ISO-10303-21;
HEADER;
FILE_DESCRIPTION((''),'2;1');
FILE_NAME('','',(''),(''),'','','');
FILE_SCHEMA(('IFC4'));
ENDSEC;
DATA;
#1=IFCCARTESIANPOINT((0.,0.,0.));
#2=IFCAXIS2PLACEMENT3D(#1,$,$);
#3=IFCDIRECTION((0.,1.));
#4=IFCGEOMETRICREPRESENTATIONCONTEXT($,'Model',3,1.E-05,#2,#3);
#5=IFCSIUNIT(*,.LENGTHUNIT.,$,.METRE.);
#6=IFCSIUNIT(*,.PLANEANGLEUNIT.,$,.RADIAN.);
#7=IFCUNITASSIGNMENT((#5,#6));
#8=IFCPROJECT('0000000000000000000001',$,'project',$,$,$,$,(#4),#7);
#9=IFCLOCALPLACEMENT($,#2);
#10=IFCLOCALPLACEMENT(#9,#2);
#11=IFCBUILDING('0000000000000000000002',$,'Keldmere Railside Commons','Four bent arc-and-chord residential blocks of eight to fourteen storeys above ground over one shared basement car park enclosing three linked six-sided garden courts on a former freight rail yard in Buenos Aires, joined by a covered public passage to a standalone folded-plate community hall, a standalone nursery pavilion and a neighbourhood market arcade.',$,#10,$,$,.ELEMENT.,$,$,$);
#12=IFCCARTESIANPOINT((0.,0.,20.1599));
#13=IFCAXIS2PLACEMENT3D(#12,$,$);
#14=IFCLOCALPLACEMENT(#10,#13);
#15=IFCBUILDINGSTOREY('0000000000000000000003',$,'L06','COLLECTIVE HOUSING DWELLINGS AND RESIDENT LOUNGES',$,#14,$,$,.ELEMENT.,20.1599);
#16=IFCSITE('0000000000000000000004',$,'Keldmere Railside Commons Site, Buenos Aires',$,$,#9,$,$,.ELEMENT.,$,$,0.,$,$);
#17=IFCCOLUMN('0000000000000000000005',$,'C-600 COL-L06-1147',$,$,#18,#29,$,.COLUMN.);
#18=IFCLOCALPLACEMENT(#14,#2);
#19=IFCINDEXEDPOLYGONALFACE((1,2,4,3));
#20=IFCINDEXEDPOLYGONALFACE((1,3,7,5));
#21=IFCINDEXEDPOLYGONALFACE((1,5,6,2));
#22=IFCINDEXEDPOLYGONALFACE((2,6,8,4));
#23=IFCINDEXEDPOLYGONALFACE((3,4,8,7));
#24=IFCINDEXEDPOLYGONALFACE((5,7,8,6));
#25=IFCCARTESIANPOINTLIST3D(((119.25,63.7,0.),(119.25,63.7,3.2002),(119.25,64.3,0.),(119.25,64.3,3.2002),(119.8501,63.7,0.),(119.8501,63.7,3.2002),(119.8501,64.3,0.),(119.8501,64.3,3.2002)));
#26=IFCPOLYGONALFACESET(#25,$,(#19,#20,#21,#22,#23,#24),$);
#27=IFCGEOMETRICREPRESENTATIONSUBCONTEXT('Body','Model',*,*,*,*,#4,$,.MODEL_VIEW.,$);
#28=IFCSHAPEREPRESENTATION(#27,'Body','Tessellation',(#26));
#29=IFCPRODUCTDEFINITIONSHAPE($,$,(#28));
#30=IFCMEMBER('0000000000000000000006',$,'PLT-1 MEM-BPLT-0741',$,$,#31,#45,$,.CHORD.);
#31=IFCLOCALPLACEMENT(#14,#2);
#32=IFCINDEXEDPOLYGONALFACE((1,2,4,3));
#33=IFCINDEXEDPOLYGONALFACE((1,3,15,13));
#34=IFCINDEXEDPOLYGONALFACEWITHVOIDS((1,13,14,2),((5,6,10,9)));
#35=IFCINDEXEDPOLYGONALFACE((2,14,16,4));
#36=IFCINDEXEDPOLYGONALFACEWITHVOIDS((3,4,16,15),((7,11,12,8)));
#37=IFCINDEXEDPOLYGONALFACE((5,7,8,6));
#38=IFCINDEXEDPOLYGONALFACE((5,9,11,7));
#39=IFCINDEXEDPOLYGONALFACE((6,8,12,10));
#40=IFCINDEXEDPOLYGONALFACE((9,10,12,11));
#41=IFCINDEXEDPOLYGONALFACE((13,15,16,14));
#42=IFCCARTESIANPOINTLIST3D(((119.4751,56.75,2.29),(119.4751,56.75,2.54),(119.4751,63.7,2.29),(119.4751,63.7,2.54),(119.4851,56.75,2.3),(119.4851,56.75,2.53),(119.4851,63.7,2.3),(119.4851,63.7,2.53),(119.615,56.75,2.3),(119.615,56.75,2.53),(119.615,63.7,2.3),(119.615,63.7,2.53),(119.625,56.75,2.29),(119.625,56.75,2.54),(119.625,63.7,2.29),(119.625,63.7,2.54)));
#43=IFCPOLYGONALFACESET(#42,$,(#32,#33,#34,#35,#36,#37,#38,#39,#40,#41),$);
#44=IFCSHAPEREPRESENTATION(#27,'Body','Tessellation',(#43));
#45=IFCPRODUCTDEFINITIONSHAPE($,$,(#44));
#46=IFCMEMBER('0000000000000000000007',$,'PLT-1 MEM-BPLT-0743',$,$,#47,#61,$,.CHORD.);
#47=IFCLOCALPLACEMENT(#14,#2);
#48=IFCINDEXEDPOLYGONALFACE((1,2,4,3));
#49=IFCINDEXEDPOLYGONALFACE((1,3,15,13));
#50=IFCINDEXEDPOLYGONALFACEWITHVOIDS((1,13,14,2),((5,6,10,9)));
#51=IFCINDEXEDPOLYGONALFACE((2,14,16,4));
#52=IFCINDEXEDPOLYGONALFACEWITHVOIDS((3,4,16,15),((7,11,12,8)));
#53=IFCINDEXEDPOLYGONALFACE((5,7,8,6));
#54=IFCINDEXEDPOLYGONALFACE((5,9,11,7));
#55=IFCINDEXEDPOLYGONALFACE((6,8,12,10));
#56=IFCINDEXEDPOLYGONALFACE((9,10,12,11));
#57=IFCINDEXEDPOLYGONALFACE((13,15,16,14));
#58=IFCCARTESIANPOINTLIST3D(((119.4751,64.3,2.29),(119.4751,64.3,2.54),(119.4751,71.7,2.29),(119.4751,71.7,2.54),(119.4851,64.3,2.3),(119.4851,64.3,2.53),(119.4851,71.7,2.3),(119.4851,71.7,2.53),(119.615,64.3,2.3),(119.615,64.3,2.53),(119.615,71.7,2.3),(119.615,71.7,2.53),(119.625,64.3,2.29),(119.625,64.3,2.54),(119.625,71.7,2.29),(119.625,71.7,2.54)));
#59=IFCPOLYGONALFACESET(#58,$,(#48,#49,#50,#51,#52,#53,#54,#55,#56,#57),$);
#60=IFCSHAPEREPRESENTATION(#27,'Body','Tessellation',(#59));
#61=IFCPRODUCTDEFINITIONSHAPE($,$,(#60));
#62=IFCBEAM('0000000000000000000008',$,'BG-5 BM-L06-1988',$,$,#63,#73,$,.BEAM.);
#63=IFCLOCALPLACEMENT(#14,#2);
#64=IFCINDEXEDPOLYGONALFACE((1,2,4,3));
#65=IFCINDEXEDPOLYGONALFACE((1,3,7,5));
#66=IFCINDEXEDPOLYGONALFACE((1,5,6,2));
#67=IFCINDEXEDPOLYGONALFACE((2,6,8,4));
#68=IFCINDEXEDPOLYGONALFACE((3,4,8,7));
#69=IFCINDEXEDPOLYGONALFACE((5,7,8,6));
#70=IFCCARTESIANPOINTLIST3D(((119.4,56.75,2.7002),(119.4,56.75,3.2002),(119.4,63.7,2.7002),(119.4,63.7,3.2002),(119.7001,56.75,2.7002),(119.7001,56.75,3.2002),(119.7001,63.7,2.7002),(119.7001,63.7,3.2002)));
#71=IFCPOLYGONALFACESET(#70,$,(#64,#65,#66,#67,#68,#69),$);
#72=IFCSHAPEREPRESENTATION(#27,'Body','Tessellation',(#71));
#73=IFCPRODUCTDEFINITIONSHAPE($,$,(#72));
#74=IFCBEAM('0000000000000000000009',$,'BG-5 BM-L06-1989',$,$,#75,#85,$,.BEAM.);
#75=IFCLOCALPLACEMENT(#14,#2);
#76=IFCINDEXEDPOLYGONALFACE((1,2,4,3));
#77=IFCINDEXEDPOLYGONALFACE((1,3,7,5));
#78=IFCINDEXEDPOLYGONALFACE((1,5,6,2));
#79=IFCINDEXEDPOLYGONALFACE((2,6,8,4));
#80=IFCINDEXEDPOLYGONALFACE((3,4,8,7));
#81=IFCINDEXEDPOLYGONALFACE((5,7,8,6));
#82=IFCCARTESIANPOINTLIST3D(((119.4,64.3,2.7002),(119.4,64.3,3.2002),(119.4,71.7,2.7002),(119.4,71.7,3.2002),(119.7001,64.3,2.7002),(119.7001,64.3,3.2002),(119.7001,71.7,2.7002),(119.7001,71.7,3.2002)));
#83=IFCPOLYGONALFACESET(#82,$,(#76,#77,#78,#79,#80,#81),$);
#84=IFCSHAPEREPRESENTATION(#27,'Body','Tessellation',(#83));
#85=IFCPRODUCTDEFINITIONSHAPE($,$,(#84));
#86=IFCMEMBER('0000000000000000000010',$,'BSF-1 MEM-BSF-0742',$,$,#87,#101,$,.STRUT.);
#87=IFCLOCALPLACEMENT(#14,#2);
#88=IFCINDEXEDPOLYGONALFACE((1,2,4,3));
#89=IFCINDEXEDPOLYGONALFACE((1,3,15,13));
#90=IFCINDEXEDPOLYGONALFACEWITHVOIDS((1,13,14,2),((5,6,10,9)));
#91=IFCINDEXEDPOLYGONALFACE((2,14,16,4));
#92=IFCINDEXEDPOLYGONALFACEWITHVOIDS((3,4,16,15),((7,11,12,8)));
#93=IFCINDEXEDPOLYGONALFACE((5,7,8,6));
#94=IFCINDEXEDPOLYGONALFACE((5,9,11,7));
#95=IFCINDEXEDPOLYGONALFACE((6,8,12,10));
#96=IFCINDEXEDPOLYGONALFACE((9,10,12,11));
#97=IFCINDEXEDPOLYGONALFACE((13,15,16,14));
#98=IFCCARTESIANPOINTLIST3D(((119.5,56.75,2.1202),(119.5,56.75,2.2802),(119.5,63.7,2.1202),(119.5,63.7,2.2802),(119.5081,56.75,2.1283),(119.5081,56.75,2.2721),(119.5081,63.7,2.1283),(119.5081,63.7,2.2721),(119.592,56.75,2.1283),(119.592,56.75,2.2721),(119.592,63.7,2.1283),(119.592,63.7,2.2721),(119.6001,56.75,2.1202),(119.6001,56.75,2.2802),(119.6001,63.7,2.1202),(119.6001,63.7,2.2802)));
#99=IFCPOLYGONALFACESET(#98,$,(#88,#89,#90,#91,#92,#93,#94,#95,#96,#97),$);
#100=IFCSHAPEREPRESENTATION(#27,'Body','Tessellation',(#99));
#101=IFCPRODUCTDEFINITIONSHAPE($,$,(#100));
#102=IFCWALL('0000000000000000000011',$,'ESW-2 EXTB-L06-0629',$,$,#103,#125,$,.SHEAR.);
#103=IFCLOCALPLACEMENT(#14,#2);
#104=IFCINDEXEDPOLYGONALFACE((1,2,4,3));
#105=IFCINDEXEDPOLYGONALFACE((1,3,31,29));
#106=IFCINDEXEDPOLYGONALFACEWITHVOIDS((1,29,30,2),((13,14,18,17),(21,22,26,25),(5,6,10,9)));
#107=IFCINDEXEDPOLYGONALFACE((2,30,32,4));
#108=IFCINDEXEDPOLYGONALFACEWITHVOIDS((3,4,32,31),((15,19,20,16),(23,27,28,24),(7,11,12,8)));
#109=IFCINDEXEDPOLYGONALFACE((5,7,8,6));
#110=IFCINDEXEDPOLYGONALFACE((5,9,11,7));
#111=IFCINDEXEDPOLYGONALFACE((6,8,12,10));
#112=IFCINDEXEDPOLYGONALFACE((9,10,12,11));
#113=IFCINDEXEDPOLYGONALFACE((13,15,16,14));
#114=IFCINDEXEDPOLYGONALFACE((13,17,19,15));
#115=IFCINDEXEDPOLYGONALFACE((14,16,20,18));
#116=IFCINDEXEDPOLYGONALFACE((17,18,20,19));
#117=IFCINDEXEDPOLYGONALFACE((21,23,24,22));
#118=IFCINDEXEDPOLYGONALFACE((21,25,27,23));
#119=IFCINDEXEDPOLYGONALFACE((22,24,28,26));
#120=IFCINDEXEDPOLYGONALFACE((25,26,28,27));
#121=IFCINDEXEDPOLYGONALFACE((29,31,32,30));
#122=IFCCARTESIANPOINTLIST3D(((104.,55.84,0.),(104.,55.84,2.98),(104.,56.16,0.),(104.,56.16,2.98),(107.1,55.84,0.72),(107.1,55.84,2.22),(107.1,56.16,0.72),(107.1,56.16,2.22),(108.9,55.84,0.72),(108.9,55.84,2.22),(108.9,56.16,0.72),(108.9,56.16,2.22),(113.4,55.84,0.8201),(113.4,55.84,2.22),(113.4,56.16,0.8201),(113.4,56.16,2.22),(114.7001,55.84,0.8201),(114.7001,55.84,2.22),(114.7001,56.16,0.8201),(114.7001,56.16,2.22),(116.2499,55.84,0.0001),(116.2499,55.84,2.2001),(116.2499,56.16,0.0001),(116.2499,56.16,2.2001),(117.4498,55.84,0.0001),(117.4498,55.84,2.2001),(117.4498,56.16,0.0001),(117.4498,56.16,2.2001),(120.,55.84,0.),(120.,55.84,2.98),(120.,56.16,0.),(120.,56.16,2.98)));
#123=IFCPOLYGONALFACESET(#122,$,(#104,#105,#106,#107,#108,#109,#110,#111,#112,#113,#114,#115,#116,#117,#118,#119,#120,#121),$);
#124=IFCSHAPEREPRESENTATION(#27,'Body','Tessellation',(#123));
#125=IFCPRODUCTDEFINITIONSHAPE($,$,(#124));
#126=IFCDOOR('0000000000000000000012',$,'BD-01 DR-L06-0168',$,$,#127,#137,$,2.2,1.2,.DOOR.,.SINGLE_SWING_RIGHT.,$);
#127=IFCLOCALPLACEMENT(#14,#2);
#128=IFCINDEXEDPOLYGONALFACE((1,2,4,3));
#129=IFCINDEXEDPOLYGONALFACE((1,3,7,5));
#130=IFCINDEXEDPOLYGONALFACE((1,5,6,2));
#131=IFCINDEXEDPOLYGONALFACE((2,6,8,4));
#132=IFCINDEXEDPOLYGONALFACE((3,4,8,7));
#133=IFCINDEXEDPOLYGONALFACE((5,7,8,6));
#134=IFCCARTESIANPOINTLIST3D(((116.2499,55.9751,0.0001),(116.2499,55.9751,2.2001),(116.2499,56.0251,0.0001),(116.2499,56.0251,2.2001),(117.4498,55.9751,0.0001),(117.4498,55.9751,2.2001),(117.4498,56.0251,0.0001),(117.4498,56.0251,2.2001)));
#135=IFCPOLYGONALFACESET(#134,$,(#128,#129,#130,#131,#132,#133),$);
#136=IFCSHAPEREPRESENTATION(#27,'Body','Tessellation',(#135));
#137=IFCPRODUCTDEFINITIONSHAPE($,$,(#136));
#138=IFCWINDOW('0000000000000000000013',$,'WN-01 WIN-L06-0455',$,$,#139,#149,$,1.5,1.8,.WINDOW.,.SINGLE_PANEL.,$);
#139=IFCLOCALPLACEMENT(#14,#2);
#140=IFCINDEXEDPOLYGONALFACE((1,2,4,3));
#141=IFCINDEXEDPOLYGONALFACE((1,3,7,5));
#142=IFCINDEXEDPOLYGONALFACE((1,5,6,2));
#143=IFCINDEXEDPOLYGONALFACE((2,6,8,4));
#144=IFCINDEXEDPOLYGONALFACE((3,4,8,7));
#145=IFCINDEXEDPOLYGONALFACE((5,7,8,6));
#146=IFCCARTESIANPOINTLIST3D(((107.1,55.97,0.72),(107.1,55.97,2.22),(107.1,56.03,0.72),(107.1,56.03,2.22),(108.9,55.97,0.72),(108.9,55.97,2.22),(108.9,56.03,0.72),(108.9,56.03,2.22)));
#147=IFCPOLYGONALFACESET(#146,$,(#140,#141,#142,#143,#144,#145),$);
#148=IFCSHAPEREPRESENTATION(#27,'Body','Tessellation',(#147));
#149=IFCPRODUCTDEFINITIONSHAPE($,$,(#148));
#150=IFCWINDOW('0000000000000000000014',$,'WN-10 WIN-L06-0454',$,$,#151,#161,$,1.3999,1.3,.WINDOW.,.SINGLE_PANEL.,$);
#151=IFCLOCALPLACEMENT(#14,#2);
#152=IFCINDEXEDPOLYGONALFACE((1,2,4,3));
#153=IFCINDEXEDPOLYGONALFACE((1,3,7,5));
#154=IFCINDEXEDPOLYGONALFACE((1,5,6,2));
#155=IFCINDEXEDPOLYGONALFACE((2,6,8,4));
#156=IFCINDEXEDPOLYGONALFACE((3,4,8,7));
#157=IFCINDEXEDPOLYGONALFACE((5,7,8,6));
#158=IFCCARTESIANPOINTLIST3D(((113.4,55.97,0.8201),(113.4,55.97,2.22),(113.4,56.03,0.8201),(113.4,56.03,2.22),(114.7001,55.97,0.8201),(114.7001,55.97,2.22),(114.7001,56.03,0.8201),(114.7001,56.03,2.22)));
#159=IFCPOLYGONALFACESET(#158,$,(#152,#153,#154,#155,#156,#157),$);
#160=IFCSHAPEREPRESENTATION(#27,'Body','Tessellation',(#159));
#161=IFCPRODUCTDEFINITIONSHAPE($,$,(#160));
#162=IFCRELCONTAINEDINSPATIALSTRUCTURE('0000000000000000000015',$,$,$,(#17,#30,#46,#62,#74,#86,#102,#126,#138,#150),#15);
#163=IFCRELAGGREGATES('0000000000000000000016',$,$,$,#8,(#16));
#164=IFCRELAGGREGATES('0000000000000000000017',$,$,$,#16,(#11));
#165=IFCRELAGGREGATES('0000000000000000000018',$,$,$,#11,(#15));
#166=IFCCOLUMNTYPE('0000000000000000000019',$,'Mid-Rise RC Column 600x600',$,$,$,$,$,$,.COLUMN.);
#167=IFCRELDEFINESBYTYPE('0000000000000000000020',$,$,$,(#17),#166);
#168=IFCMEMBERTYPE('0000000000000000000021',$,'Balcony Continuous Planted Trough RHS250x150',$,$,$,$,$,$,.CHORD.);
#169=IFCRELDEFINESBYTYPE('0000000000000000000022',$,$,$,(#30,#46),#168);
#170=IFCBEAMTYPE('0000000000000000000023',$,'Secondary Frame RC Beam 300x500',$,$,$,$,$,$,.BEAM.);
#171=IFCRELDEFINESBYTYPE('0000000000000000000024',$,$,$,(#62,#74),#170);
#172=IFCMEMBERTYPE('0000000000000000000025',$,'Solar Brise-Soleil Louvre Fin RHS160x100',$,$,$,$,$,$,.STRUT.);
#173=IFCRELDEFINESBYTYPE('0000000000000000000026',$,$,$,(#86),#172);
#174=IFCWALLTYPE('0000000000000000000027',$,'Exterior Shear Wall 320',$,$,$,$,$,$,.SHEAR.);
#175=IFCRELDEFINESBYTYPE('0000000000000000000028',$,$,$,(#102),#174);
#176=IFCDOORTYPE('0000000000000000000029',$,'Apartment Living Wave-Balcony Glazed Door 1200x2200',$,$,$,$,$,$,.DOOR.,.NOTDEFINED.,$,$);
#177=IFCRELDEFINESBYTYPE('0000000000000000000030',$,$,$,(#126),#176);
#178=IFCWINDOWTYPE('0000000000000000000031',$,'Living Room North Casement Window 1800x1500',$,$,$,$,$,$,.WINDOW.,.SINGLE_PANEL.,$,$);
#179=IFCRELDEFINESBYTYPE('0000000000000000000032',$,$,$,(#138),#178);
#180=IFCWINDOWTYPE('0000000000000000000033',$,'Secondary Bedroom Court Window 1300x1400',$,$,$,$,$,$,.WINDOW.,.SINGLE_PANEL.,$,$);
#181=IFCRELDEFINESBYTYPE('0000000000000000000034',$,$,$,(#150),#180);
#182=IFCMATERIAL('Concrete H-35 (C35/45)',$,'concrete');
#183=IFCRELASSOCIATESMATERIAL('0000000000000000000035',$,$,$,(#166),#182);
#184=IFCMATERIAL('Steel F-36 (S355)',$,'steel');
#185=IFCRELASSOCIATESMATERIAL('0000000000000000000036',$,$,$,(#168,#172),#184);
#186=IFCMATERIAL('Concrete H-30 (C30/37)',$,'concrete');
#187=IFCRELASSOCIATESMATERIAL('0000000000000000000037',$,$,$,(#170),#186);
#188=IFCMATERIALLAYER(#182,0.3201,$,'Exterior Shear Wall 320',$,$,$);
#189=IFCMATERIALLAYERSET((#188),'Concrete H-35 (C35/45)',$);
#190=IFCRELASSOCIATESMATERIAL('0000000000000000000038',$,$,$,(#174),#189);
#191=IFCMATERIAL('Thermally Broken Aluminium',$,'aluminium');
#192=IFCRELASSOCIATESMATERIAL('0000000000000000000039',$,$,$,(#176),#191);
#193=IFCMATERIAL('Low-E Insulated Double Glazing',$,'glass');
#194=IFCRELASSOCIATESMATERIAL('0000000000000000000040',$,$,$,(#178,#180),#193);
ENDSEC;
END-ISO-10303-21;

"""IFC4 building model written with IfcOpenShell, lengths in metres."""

from ifc_helpers import new_model, si_unit, direction, frame, frame_2d, origin, origin_2d, place, context, subcontext, project, spatial, rectangle, hollow_rectangle, extrude, material, layer, layer_set, material_profile, profile_set, type_object, element, fill, save


model = new_model("IFC4")

# Units and contexts
model_context = context("Model", 3, precision=1e-05, world=origin(), true_north=direction((0.0, 1.0)))
body_context = subcontext(model_context, "Body", "Model", "MODEL_VIEW")
ifc_project = project(units=[si_unit("LENGTHUNIT", "METRE"), si_unit("PLANEANGLEUNIT", "RADIAN")], contexts=[model_context])

# Site, building, storey
site_placement = place(None, origin())
site = spatial("IfcSite", under=ifc_project, at=site_placement, Name="Keldmere Railside Commons Site, Buenos Aires", CompositionType="ELEMENT", RefElevation=0.0)
building_placement = place(site_placement, origin())
building = spatial("IfcBuilding", under=site, at=building_placement, Name="Keldmere Railside Commons", Description="Four bent arc-and-chord residential blocks of eight to fourteen storeys above ground over one shared basement car park enclosing three linked six-sided garden courts on a former freight rail yard in Buenos Aires, joined by a covered public passage to a standalone folded-plate community hall, a standalone nursery pavilion and a neighbourhood market arcade.", CompositionType="ELEMENT")
storey_placement = place(building_placement, frame((0.0, 0.0, 20.1599)))
storey = spatial("IfcBuildingStorey", under=building, at=storey_placement, Name="L06", Description="COLLECTIVE HOUSING DWELLINGS AND RESIDENT LOUNGES", CompositionType="ELEMENT", Elevation=20.1599)

# Column
ifc_material_1 = material(Name="Concrete H-35 (C35/45)", Category="concrete")
ifc_material_profile_1 = material_profile(ifc_material_1, rectangle(XDim=0.6001, YDim=0.6001, at=origin_2d()), Name="RC-600x600")
ifc_profile_set_1 = profile_set([ifc_material_profile_1], Name="Concrete H-35 (C35/45)")
column_type = type_object("IfcColumnType", Name="Mid-Rise RC Column 600x600", PredefinedType="COLUMN", material=ifc_profile_set_1)
column_placement = place(storey_placement, frame((119.55, 64.0, 0.0), z_axis=(0.0, 0.0, 1.0), x_axis=(1.0, 0.0, 0.0)))
element("IfcColumn", 1, at=column_placement, inside=storey, type_object=column_type, Name="C-600 COL-L06-1147", PredefinedType="COLUMN", context=body_context, shape_type="SweptSolid", body=[
    extrude(rectangle(XDim=0.6001, YDim=0.6001, at=origin_2d()), origin(), (0.0, 0.0, 1.0), 3.2002),
])

# Members
ifc_material_2 = material(Name="Steel F-36 (S355)", Category="steel")
ifc_material_profile_2 = material_profile(ifc_material_2, hollow_rectangle(XDim=0.1499, YDim=0.25, WallThickness=0.01, at=origin_2d()), Name="RHS-250x150x10")
ifc_profile_set_2 = profile_set([ifc_material_profile_2], Name="Steel F-36 (S355)")
member_type_1 = type_object("IfcMemberType", Name="Balcony Continuous Planted Trough RHS250x150", PredefinedType="CHORD", material=ifc_profile_set_2)
member_1_placement = place(storey_placement, frame((119.55, 56.75, 2.415), z_axis=(0.0, 1.0, 0.0), x_axis=(-1.0, 0.0, 0.0)))
element("IfcMember", 2, at=member_1_placement, inside=storey, type_object=member_type_1, Name="PLT-1 MEM-BPLT-0741", PredefinedType="CHORD", context=body_context, shape_type="SweptSolid", body=[
    extrude(hollow_rectangle(XDim=0.1499, YDim=0.25, WallThickness=0.01, at=origin_2d()), origin(), (0.0, 0.0, 1.0), 6.95),
])
member_2_placement = place(storey_placement, frame((119.55, 64.3, 2.415), z_axis=(0.0, 1.0, 0.0), x_axis=(-1.0, 0.0, 0.0)))
element("IfcMember", 3, at=member_2_placement, inside=storey, type_object=member_type_1, Name="PLT-1 MEM-BPLT-0743", PredefinedType="CHORD", context=body_context, shape_type="SweptSolid", body=[
    extrude(hollow_rectangle(XDim=0.1499, YDim=0.25, WallThickness=0.01, at=origin_2d()), origin(), (0.0, 0.0, 1.0), 7.3999),
])

# Beams
ifc_material_3 = material(Name="Concrete H-30 (C30/37)", Category="concrete")
ifc_material_profile_3 = material_profile(ifc_material_3, rectangle(XDim=0.3, YDim=0.5, at=origin_2d()), Name="RC-300x500")
ifc_profile_set_3 = profile_set([ifc_material_profile_3], Name="Concrete H-30 (C30/37)")
beam_type = type_object("IfcBeamType", Name="Secondary Frame RC Beam 300x500", PredefinedType="BEAM", material=ifc_profile_set_3)
beam_1_placement = place(storey_placement, frame((119.55, 56.75, 2.9502), z_axis=(0.0, 1.0, 0.0), x_axis=(-1.0, 0.0, 0.0)))
element("IfcBeam", 4, at=beam_1_placement, inside=storey, type_object=beam_type, Name="BG-5 BM-L06-1988", PredefinedType="BEAM", context=body_context, shape_type="SweptSolid", body=[
    extrude(rectangle(XDim=0.3, YDim=0.5, at=origin_2d()), origin(), (0.0, 0.0, 1.0), 6.95),
])
beam_2_placement = place(storey_placement, frame((119.55, 64.3, 2.9502), z_axis=(0.0, 1.0, 0.0), x_axis=(-1.0, 0.0, 0.0)))
element("IfcBeam", 5, at=beam_2_placement, inside=storey, type_object=beam_type, Name="BG-5 BM-L06-1989", PredefinedType="BEAM", context=body_context, shape_type="SweptSolid", body=[
    extrude(rectangle(XDim=0.3, YDim=0.5, at=origin_2d()), origin(), (0.0, 0.0, 1.0), 7.3999),
])

# Member
ifc_material_profile_4 = material_profile(ifc_material_2, hollow_rectangle(XDim=0.1001, YDim=0.1599, WallThickness=0.0081, at=origin_2d()), Name="RHS-160x100x8")
ifc_profile_set_4 = profile_set([ifc_material_profile_4], Name="Steel F-36 (S355)")
member_type_2 = type_object("IfcMemberType", Name="Solar Brise-Soleil Louvre Fin RHS160x100", PredefinedType="STRUT", material=ifc_profile_set_4)
member_3_placement = place(storey_placement, frame((119.55, 56.75, 2.2002), z_axis=(0.0, 1.0, 0.0), x_axis=(-1.0, 0.0, 0.0)))
element("IfcMember", 6, at=member_3_placement, inside=storey, type_object=member_type_2, Name="BSF-1 MEM-BSF-0742", PredefinedType="STRUT", context=body_context, shape_type="SweptSolid", body=[
    extrude(hollow_rectangle(XDim=0.1001, YDim=0.1599, WallThickness=0.0081, at=origin_2d()), origin(), (0.0, 0.0, 1.0), 6.95),
])

# Wall, openings, door, windows
ifc_layer = layer(ifc_material_1, 0.3201, Name="Exterior Shear Wall 320")
ifc_layer_set = layer_set([ifc_layer], Name="Concrete H-35 (C35/45)")
wall_type = type_object("IfcWallType", Name="Exterior Shear Wall 320", PredefinedType="SHEAR", material=ifc_layer_set)
wall_placement = place(storey_placement, frame((120.0, 56.0, 0.0), z_axis=(0.0, 0.0, 1.0), x_axis=(-1.0, 0.0, 0.0)))
wall = element("IfcWall", 7, at=wall_placement, inside=storey, type_object=wall_type, Name="ESW-2 EXTB-L06-0629", PredefinedType="SHEAR", context=body_context, shape_type="SweptSolid", body=[
    extrude(rectangle(XDim=16.0, YDim=0.3201, at=frame_2d((8.0, 0.0))), origin(), (0.0, 0.0, 1.0), 2.98),
])
opening_1_placement = place(wall_placement, frame((2.55, 0.0, 0.0)))
opening_1 = element("IfcOpeningElement", 8, at=opening_1_placement, cuts=wall, PredefinedType="OPENING", context=body_context, shape_type="SweptSolid", body=[
    extrude(rectangle(XDim=1.2, YDim=2.2, at=frame_2d((0.6001, 1.1001))), frame((0.0, 0.1699, 0.0), z_axis=(0.0, -1.0, 0.0), x_axis=(1.0, 0.0, 0.0)), (0.0, 0.0, 1.0), 0.3401),
])
opening_2_placement = place(wall_placement, frame((5.3, 0.0, 0.8201)))
opening_2 = element("IfcOpeningElement", 9, at=opening_2_placement, cuts=wall, PredefinedType="OPENING", context=body_context, shape_type="SweptSolid", body=[
    extrude(rectangle(XDim=1.3, YDim=1.3999, at=frame_2d((0.6499, 0.7))), frame((0.0, 0.1699, 0.0), z_axis=(0.0, -1.0, 0.0), x_axis=(1.0, 0.0, 0.0)), (0.0, 0.0, 1.0), 0.3401),
])
opening_3_placement = place(wall_placement, frame((11.1001, 0.0, 0.72)))
opening_3 = element("IfcOpeningElement", 10, at=opening_3_placement, cuts=wall, PredefinedType="OPENING", context=body_context, shape_type="SweptSolid", body=[
    extrude(rectangle(XDim=1.8, YDim=1.5, at=frame_2d((0.8999, 0.75))), frame((0.0, 0.1699, 0.0), z_axis=(0.0, -1.0, 0.0), x_axis=(1.0, 0.0, 0.0)), (0.0, 0.0, 1.0), 0.3401),
])
ifc_material_4 = material(Name="Thermally Broken Aluminium", Category="aluminium")
door_type = type_object("IfcDoorType", Name="Apartment Living Wave-Balcony Glazed Door 1200x2200", OperationType="NOTDEFINED", PredefinedType="DOOR", material=ifc_material_4)
door_placement = place(opening_1_placement, origin())
door = element("IfcDoor", 11, at=door_placement, inside=storey, type_object=door_type, Name="BD-01 DR-L06-0168", OperationType="SINGLE_SWING_RIGHT", OverallHeight=2.2, OverallWidth=1.2, PredefinedType="DOOR", context=body_context, shape_type="SweptSolid", body=[
    extrude(rectangle(XDim=1.2, YDim=2.2, at=frame_2d((0.6001, 1.1001))), frame((0.0, 0.0249, 0.0), z_axis=(0.0, -1.0, 0.0), x_axis=(1.0, 0.0, 0.0)), (0.0, 0.0, 1.0), 0.05),
])
fill(opening_1, door)
ifc_material_5 = material(Name="Low-E Insulated Double Glazing", Category="glass")
window_type_1 = type_object("IfcWindowType", Name="Living Room North Casement Window 1800x1500", PartitioningType="SINGLE_PANEL", PredefinedType="WINDOW", material=ifc_material_5)
window_1_placement = place(opening_3_placement, origin())
window_1 = element("IfcWindow", 12, at=window_1_placement, inside=storey, type_object=window_type_1, Name="WN-01 WIN-L06-0455", OverallHeight=1.5, OverallWidth=1.8, PartitioningType="SINGLE_PANEL", PredefinedType="WINDOW", context=body_context, shape_type="SweptSolid", body=[
    extrude(rectangle(XDim=1.8, YDim=1.5, at=frame_2d((0.8999, 0.75))), frame((0.0, 0.03, 0.0), z_axis=(0.0, -1.0, 0.0), x_axis=(1.0, 0.0, 0.0)), (0.0, 0.0, 1.0), 0.0601),
])
fill(opening_3, window_1)
window_type_2 = type_object("IfcWindowType", Name="Secondary Bedroom Court Window 1300x1400", PartitioningType="SINGLE_PANEL", PredefinedType="WINDOW", material=ifc_material_5)
window_2_placement = place(opening_2_placement, origin())
window_2 = element("IfcWindow", 13, at=window_2_placement, inside=storey, type_object=window_type_2, Name="WN-10 WIN-L06-0454", OverallHeight=1.3999, OverallWidth=1.3, PartitioningType="SINGLE_PANEL", PredefinedType="WINDOW", context=body_context, shape_type="SweptSolid", body=[
    extrude(rectangle(XDim=1.3, YDim=1.3999, at=frame_2d((0.6499, 0.7))), frame((0.0, 0.03, 0.0), z_axis=(0.0, -1.0, 0.0), x_axis=(1.0, 0.0, 0.0)), (0.0, 0.0, 1.0), 0.0601),
])
fill(opening_2, window_2)

save(model, "model.ifc")
